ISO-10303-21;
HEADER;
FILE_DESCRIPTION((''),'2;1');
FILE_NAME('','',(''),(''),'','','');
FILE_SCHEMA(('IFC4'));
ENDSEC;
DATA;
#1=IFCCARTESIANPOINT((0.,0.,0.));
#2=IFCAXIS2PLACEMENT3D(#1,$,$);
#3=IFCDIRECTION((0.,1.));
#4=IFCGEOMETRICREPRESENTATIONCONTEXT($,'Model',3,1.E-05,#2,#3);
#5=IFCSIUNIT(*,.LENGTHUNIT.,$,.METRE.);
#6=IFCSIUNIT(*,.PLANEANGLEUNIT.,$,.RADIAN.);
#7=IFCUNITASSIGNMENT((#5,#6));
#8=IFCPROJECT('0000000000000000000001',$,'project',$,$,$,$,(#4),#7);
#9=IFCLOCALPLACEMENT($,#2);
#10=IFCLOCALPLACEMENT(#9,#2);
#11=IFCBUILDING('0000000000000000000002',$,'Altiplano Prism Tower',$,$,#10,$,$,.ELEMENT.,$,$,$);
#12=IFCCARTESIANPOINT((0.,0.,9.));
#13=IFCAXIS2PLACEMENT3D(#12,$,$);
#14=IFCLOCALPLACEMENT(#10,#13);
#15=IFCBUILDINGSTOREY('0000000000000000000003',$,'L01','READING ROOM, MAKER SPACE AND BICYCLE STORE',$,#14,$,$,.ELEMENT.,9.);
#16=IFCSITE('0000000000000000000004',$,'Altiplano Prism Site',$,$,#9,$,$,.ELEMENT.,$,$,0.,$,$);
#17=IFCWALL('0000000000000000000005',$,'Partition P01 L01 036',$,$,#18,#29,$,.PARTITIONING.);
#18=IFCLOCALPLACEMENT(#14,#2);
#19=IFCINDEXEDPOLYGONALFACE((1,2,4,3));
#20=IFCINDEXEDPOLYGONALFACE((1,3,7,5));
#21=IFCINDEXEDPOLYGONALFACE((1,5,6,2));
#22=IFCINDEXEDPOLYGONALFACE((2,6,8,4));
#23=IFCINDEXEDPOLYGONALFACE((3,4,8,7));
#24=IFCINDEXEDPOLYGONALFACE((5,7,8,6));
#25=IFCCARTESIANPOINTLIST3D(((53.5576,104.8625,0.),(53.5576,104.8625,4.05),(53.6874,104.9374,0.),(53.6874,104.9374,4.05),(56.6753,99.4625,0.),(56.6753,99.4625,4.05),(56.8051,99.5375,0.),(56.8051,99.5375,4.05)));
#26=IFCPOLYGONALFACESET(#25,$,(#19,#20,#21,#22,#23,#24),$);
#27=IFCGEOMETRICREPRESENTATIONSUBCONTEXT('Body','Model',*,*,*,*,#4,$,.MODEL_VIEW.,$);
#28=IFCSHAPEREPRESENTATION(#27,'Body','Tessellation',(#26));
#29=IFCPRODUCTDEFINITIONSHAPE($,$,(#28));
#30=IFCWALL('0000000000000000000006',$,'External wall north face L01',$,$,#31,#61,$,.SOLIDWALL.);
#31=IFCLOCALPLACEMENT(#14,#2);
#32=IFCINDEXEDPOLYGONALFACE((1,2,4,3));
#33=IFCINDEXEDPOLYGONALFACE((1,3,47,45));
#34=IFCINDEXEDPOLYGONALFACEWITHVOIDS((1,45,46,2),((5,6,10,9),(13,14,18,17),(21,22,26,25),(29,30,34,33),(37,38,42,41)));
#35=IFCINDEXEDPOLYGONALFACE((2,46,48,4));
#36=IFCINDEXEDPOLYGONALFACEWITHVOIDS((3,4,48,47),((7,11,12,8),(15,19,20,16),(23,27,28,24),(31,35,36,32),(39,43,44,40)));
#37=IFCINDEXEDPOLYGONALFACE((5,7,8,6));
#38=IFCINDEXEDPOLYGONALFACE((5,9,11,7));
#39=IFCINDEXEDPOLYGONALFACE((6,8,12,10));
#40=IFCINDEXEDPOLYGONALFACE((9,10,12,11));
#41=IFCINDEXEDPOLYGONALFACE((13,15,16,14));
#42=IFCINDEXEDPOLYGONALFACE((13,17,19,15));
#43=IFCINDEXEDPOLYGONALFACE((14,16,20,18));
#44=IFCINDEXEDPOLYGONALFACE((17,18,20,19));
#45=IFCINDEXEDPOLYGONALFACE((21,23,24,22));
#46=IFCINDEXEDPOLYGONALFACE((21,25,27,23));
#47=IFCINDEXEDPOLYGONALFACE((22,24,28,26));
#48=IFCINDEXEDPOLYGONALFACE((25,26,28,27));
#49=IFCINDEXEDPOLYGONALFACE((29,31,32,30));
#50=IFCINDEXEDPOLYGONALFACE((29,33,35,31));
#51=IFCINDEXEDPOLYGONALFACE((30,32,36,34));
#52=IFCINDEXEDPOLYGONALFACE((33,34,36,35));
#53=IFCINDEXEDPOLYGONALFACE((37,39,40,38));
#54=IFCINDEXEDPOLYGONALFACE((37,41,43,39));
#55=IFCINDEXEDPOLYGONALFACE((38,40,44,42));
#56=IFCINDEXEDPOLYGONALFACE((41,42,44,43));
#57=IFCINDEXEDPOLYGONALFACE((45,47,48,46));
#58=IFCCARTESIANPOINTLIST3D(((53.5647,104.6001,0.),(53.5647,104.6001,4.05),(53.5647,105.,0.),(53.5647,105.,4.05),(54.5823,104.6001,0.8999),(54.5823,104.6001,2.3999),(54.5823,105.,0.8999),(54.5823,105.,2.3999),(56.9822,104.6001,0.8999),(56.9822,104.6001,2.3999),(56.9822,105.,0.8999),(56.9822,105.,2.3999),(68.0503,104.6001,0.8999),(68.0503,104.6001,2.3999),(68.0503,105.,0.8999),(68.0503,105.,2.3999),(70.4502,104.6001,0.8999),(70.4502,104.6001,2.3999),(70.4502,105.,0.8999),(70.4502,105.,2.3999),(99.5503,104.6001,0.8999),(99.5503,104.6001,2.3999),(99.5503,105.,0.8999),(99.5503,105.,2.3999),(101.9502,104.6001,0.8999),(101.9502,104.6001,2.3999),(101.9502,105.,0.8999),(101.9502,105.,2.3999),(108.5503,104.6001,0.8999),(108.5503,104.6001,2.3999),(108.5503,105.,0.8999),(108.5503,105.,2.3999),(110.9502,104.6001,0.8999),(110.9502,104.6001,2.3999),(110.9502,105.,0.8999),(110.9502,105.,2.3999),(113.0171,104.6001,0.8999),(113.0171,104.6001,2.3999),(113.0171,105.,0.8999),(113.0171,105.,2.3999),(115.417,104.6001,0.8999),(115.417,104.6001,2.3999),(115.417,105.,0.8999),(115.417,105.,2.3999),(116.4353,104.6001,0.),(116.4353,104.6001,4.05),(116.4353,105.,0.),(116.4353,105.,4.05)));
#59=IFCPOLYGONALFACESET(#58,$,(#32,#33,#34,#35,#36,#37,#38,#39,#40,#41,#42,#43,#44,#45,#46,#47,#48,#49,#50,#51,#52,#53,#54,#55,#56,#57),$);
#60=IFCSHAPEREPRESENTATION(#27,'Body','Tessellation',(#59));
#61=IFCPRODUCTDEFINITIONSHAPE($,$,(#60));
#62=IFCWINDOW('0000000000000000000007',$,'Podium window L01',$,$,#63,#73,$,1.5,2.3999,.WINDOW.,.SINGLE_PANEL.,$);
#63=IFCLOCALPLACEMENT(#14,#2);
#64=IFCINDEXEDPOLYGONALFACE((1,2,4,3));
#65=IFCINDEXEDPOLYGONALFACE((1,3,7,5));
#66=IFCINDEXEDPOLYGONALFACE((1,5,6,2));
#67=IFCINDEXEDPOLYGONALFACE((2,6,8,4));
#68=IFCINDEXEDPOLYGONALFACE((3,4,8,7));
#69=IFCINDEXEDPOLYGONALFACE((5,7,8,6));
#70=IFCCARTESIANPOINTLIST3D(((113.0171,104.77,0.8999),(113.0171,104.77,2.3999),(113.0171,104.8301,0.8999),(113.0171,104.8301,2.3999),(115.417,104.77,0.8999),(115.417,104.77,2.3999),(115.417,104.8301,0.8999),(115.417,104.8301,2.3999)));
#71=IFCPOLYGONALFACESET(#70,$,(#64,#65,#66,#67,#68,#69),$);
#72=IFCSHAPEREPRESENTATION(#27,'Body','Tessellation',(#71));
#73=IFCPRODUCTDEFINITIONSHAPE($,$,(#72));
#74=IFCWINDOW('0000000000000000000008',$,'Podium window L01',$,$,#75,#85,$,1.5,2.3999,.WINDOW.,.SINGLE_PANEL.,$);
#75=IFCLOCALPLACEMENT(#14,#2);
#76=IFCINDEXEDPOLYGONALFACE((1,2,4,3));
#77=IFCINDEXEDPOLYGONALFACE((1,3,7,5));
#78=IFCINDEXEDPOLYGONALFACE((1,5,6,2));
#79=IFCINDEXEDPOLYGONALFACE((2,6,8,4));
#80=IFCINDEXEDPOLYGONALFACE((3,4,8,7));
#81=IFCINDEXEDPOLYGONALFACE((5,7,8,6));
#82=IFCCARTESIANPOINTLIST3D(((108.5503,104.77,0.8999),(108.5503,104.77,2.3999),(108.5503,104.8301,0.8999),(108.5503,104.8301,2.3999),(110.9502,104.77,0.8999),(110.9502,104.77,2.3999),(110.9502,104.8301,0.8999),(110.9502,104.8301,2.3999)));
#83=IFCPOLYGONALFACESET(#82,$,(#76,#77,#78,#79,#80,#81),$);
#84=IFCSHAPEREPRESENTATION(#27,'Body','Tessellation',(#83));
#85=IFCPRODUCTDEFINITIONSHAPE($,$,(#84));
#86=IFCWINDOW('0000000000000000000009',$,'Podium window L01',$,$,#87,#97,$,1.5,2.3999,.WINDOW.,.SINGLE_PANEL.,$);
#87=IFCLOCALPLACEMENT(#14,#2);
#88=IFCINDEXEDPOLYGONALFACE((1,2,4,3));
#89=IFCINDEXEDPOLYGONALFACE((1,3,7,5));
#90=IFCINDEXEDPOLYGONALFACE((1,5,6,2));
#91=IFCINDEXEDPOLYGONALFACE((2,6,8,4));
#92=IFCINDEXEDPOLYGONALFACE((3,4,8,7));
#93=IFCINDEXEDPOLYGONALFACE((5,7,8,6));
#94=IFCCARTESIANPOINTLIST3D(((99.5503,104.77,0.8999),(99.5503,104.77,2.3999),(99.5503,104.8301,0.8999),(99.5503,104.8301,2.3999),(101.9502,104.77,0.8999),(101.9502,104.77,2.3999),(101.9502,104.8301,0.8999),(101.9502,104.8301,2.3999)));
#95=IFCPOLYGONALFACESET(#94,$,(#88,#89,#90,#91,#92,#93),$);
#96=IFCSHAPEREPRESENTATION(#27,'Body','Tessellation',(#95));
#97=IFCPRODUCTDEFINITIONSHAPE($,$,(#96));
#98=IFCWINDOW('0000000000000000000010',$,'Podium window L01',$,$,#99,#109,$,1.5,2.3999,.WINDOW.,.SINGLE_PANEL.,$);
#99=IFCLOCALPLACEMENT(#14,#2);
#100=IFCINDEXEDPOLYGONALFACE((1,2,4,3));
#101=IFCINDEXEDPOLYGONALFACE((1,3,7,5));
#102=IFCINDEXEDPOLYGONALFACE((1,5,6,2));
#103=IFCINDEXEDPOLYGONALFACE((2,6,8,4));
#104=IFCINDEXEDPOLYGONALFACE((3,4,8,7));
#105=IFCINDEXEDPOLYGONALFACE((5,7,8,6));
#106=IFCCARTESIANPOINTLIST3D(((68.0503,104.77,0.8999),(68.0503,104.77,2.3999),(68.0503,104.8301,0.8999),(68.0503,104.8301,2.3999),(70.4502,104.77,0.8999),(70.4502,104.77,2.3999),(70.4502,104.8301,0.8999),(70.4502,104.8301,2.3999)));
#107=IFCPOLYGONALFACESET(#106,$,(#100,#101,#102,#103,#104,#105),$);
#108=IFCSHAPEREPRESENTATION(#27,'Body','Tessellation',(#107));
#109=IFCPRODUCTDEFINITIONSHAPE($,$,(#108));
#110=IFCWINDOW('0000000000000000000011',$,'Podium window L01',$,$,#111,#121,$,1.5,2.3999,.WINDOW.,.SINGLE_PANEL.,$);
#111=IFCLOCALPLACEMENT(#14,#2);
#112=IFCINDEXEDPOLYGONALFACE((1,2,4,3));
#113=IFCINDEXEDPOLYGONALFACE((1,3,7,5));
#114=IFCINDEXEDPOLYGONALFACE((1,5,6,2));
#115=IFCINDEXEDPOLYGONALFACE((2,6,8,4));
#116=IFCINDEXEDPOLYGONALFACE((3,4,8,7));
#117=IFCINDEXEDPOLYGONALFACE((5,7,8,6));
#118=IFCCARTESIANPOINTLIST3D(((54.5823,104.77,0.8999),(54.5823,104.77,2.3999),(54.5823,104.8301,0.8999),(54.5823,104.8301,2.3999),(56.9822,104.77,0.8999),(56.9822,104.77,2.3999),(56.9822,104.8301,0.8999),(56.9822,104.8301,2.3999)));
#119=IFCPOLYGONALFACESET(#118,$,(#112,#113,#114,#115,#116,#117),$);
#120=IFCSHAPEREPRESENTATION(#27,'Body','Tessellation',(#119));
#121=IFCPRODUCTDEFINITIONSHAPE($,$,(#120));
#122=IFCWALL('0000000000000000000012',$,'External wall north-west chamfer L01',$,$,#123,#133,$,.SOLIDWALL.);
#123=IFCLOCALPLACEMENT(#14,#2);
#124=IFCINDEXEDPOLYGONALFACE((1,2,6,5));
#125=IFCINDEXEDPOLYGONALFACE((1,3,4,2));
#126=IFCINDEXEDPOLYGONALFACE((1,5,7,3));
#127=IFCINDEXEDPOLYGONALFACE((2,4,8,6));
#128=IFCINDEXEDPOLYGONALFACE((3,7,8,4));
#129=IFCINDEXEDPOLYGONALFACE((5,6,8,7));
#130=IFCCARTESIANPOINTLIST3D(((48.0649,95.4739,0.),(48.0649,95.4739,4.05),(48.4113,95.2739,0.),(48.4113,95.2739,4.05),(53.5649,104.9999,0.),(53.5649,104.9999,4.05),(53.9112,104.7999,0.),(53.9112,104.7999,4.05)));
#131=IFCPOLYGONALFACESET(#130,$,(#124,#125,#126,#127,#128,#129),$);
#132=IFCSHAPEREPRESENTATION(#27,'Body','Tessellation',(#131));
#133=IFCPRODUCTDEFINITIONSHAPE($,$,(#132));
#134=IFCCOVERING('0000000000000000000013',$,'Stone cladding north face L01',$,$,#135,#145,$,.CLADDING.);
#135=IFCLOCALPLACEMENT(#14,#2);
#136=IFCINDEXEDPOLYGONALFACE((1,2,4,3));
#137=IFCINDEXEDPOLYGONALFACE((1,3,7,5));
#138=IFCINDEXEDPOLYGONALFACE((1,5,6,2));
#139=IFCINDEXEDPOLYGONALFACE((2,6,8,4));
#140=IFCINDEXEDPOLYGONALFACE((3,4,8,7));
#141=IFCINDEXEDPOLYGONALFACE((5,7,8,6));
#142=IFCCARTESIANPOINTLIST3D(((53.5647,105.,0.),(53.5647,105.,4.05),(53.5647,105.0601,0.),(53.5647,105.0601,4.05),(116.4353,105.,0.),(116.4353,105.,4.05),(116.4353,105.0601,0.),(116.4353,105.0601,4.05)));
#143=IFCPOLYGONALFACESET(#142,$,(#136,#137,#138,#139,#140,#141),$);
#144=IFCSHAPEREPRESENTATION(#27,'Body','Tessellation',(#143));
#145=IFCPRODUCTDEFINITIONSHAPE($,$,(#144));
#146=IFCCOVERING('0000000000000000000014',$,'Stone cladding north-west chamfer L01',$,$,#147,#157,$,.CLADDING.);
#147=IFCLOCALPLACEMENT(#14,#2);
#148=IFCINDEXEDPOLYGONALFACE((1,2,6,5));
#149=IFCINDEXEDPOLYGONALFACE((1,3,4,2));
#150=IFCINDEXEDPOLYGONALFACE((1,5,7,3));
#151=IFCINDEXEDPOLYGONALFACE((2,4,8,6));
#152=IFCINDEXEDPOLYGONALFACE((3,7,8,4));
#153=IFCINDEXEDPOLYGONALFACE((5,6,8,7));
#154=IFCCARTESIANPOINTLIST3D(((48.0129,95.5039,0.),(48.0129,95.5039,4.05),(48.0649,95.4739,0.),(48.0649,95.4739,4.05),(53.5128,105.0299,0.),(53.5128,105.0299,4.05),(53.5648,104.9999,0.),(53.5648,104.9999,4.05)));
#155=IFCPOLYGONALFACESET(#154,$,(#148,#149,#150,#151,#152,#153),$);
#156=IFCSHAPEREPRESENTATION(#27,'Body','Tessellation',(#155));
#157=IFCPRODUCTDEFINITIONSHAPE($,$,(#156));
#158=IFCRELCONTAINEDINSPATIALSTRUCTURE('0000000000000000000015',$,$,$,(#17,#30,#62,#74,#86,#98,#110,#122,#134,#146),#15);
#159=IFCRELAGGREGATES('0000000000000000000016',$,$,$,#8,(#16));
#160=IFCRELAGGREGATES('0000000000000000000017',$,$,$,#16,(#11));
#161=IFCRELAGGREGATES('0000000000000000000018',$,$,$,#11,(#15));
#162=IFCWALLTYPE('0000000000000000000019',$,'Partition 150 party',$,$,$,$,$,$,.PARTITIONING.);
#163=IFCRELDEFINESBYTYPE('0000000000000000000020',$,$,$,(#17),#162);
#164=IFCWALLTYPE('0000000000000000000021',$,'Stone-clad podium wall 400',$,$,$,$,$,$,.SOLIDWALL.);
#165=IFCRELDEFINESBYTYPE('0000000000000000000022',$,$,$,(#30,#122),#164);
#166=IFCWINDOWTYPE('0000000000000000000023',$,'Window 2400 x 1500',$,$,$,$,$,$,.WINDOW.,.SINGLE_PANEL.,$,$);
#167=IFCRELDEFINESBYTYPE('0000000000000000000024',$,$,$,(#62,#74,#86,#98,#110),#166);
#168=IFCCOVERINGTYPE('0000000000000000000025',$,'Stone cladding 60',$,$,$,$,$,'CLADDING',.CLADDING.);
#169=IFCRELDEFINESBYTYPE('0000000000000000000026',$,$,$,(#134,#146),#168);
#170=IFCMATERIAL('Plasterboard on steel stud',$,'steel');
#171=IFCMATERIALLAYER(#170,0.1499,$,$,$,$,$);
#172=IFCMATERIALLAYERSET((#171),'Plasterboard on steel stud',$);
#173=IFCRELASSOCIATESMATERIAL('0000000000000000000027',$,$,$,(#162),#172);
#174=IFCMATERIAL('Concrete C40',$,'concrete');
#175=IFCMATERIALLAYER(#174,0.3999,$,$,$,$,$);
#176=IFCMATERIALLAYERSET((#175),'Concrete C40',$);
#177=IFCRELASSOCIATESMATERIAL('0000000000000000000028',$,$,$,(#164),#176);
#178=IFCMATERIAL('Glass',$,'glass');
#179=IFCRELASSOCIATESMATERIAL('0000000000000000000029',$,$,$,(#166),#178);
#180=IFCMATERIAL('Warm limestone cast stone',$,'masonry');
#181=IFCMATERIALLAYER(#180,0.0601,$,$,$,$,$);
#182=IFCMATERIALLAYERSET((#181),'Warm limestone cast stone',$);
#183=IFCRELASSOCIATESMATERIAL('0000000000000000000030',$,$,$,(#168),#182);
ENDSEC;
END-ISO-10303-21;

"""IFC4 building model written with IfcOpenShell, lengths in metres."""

from ifc_helpers import new_model, si_unit, direction, frame, frame_2d, origin, place, context, subcontext, project, spatial, rectangle, extrude, material, layer, layer_set, type_object, element, fill, save


model = new_model("IFC4")

# Units and contexts
model_context = context("Model", 3, precision=1e-05, world=origin(), true_north=direction((0.0, 1.0)))
body_context = subcontext(model_context, "Body", "Model", "MODEL_VIEW")
ifc_project = project(units=[si_unit("LENGTHUNIT", "METRE"), si_unit("PLANEANGLEUNIT", "RADIAN")], contexts=[model_context])

# Site, building, storey
site_placement = place(None, origin())
site = spatial("IfcSite", under=ifc_project, at=site_placement, Name="Altiplano Prism Site", CompositionType="ELEMENT", RefElevation=0.0)
building_placement = place(site_placement, origin())
building = spatial("IfcBuilding", under=site, at=building_placement, Name="Altiplano Prism Tower", CompositionType="ELEMENT")
storey_placement = place(building_placement, frame((0.0, 0.0, 9.0)))
storey = spatial("IfcBuildingStorey", under=building, at=storey_placement, Name="L01", Description="READING ROOM, MAKER SPACE AND BICYCLE STORE", CompositionType="ELEMENT", Elevation=9.0)

# Shared definitions
ifc_material_1 = material(Name="Plasterboard on steel stud", Category="steel")

# Wall
ifc_layer_1 = layer(ifc_material_1, 0.1499)
ifc_layer_set_1 = layer_set([ifc_layer_1], Name="Plasterboard on steel stud")
wall_type_1 = type_object("IfcWallType", Name="Partition 150 party", PredefinedType="PARTITIONING", material=ifc_layer_set_1)
wall_1_placement = place(storey_placement, frame((56.7402, 99.5, 0.0), z_axis=(0.0, 0.0, 1.0), x_axis=(-0.500005, 0.866023, 0.0)))
element("IfcWall", 1, at=wall_1_placement, inside=storey, type_object=wall_type_1, Name="Partition P01 L01 036", PredefinedType="PARTITIONING", context=body_context, shape_type="SweptSolid", body=[
    extrude(rectangle(XDim=6.2354, YDim=0.1499, at=frame_2d((3.1177, 0.0))), origin(), (0.0, 0.0, 1.0), 4.05),
])

# Wall, openings, windows
ifc_material_2 = material(Name="Concrete C40", Category="concrete")
ifc_layer_2 = layer(ifc_material_2, 0.3999)
ifc_layer_set_2 = layer_set([ifc_layer_2], Name="Concrete C40")
wall_type_2 = type_object("IfcWallType", Name="Stone-clad podium wall 400", PredefinedType="SOLIDWALL", material=ifc_layer_set_2)
wall_2_placement = place(storey_placement, frame((53.5647, 104.8, 0.0), z_axis=(0.0, 0.0, 1.0), x_axis=(1.0, 0.0, 0.0)))
wall_2 = element("IfcWall", 2, at=wall_2_placement, inside=storey, type_object=wall_type_2, Name="External wall north face L01", PredefinedType="SOLIDWALL", context=body_context, shape_type="SweptSolid", body=[
    extrude(rectangle(XDim=62.8706, YDim=0.3999, at=frame_2d((31.4353, 0.0))), origin(), (0.0, 0.0, 1.0), 4.05),
])
opening_1_placement = place(wall_2_placement, frame((59.4524, 0.0, 0.8999)))
opening_1 = element("IfcOpeningElement", 3, at=opening_1_placement, cuts=wall_2, PredefinedType="OPENING", context=body_context, shape_type="SweptSolid", body=[
    extrude(rectangle(XDim=2.3999, YDim=1.5, at=frame_2d((1.2, 0.75))), frame((0.0, 0.2104, 0.0), z_axis=(0.0, -1.0, 0.0), x_axis=(1.0, 0.0, 0.0)), (0.0, 0.0, 1.0), 0.4209),
])
opening_2_placement = place(wall_2_placement, frame((54.9856, 0.0, 0.8999)))
opening_2 = element("IfcOpeningElement", 4, at=opening_2_placement, cuts=wall_2, PredefinedType="OPENING", context=body_context, shape_type="SweptSolid", body=[
    extrude(rectangle(XDim=2.3999, YDim=1.5, at=frame_2d((1.2, 0.75))), frame((0.0, 0.2104, 0.0), z_axis=(0.0, -1.0, 0.0), x_axis=(1.0, 0.0, 0.0)), (0.0, 0.0, 1.0), 0.4209),
])
opening_3_placement = place(wall_2_placement, frame((45.9856, 0.0, 0.8999)))
opening_3 = element("IfcOpeningElement", 5, at=opening_3_placement, cuts=wall_2, PredefinedType="OPENING", context=body_context, shape_type="SweptSolid", body=[
    extrude(rectangle(XDim=2.3999, YDim=1.5, at=frame_2d((1.2, 0.75))), frame((0.0, 0.2104, 0.0), z_axis=(0.0, -1.0, 0.0), x_axis=(1.0, 0.0, 0.0)), (0.0, 0.0, 1.0), 0.4209),
])
opening_4_placement = place(wall_2_placement, frame((14.4856, 0.0, 0.8999)))
opening_4 = element("IfcOpeningElement", 6, at=opening_4_placement, cuts=wall_2, PredefinedType="OPENING", context=body_context, shape_type="SweptSolid", body=[
    extrude(rectangle(XDim=2.3999, YDim=1.5, at=frame_2d((1.2, 0.75))), frame((0.0, 0.2104, 0.0), z_axis=(0.0, -1.0, 0.0), x_axis=(1.0, 0.0, 0.0)), (0.0, 0.0, 1.0), 0.4209),
])
opening_5_placement = place(wall_2_placement, frame((1.0176, 0.0, 0.8999)))
opening_5 = element("IfcOpeningElement", 7, at=opening_5_placement, cuts=wall_2, PredefinedType="OPENING", context=body_context, shape_type="SweptSolid", body=[
    extrude(rectangle(XDim=2.3999, YDim=1.5, at=frame_2d((1.2, 0.75))), frame((0.0, 0.2104, 0.0), z_axis=(0.0, -1.0, 0.0), x_axis=(1.0, 0.0, 0.0)), (0.0, 0.0, 1.0), 0.4209),
])
ifc_material_3 = material(Name="Glass", Category="glass")
window_type = type_object("IfcWindowType", Name="Window 2400 x 1500", PartitioningType="SINGLE_PANEL", PredefinedType="WINDOW", material=ifc_material_3)
window_1_placement = place(opening_1_placement, origin())
window_1 = element("IfcWindow", 8, at=window_1_placement, inside=storey, type_object=window_type, Name="Podium window L01", OverallHeight=1.5, OverallWidth=2.3999, PartitioningType="SINGLE_PANEL", PredefinedType="WINDOW", context=body_context, shape_type="SweptSolid", body=[
    extrude(rectangle(XDim=2.3999, YDim=1.5, at=frame_2d((1.2, 0.75))), frame((0.0, 0.03, 0.0), z_axis=(0.0, -1.0, 0.0), x_axis=(1.0, 0.0, 0.0)), (0.0, 0.0, 1.0), 0.0601),
])
fill(opening_1, window_1)
window_2_placement = place(opening_2_placement, origin())
window_2 = element("IfcWindow", 9, at=window_2_placement, inside=storey, type_object=window_type, Name="Podium window L01", OverallHeight=1.5, OverallWidth=2.3999, PartitioningType="SINGLE_PANEL", PredefinedType="WINDOW", context=body_context, shape_type="SweptSolid", body=[
    extrude(rectangle(XDim=2.3999, YDim=1.5, at=frame_2d((1.2, 0.75))), frame((0.0, 0.03, 0.0), z_axis=(0.0, -1.0, 0.0), x_axis=(1.0, 0.0, 0.0)), (0.0, 0.0, 1.0), 0.0601),
])
fill(opening_2, window_2)
window_3_placement = place(opening_3_placement, origin())
window_3 = element("IfcWindow", 10, at=window_3_placement, inside=storey, type_object=window_type, Name="Podium window L01", OverallHeight=1.5, OverallWidth=2.3999, PartitioningType="SINGLE_PANEL", PredefinedType="WINDOW", context=body_context, shape_type="SweptSolid", body=[
    extrude(rectangle(XDim=2.3999, YDim=1.5, at=frame_2d((1.2, 0.75))), frame((0.0, 0.03, 0.0), z_axis=(0.0, -1.0, 0.0), x_axis=(1.0, 0.0, 0.0)), (0.0, 0.0, 1.0), 0.0601),
])
fill(opening_3, window_3)
window_4_placement = place(opening_4_placement, origin())
window_4 = element("IfcWindow", 11, at=window_4_placement, inside=storey, type_object=window_type, Name="Podium window L01", OverallHeight=1.5, OverallWidth=2.3999, PartitioningType="SINGLE_PANEL", PredefinedType="WINDOW", context=body_context, shape_type="SweptSolid", body=[
    extrude(rectangle(XDim=2.3999, YDim=1.5, at=frame_2d((1.2, 0.75))), frame((0.0, 0.03, 0.0), z_axis=(0.0, -1.0, 0.0), x_axis=(1.0, 0.0, 0.0)), (0.0, 0.0, 1.0), 0.0601),
])
fill(opening_4, window_4)
window_5_placement = place(opening_5_placement, origin())
window_5 = element("IfcWindow", 12, at=window_5_placement, inside=storey, type_object=window_type, Name="Podium window L01", OverallHeight=1.5, OverallWidth=2.3999, PartitioningType="SINGLE_PANEL", PredefinedType="WINDOW", context=body_context, shape_type="SweptSolid", body=[
    extrude(rectangle(XDim=2.3999, YDim=1.5, at=frame_2d((1.2, 0.75))), frame((0.0, 0.03, 0.0), z_axis=(0.0, -1.0, 0.0), x_axis=(1.0, 0.0, 0.0)), (0.0, 0.0, 1.0), 0.0601),
])
fill(opening_5, window_5)

# Wall
wall_3_placement = place(storey_placement, frame((48.238, 95.3738, 0.0), z_axis=(0.0, 0.0, 1.0), x_axis=(0.500006, 0.866022, 0.0)))
element("IfcWall", 13, at=wall_3_placement, inside=storey, type_object=wall_type_2, Name="External wall north-west chamfer L01", PredefinedType="SOLIDWALL", context=body_context, shape_type="SweptSolid", body=[
    extrude(rectangle(XDim=10.9998, YDim=0.3999, at=frame_2d((5.5, 0.0))), origin(), (0.0, 0.0, 1.0), 4.05),
])

# Coverings
ifc_material_4 = material(Name="Warm limestone cast stone", Category="masonry")
ifc_layer_3 = layer(ifc_material_4, 0.0601)
ifc_layer_set_3 = layer_set([ifc_layer_3], Name="Warm limestone cast stone")
covering_type = type_object("IfcCoveringType", Name="Stone cladding 60", ElementType="CLADDING", PredefinedType="CLADDING", material=ifc_layer_set_3)
covering_1_placement = place(storey_placement, frame((53.5647, 105.03, 0.0), z_axis=(0.0, 0.0, 1.0), x_axis=(1.0, 0.0, 0.0)))
element("IfcCovering", 14, at=covering_1_placement, inside=storey, type_object=covering_type, Name="Stone cladding north face L01", PredefinedType="CLADDING", context=body_context, shape_type="SweptSolid", body=[
    extrude(rectangle(XDim=62.8706, YDim=0.0601, at=frame_2d((31.4353, 0.0))), origin(), (0.0, 0.0, 1.0), 4.05),
])
covering_2_placement = place(storey_placement, frame((48.0388, 95.4888, 0.0), z_axis=(0.0, 0.0, 1.0), x_axis=(0.500006, 0.866022, 0.0)))
element("IfcCovering", 15, at=covering_2_placement, inside=storey, type_object=covering_type, Name="Stone cladding north-west chamfer L01", PredefinedType="CLADDING", context=body_context, shape_type="SweptSolid", body=[
    extrude(rectangle(XDim=10.9998, YDim=0.0601, at=frame_2d((5.5, 0.0))), origin(), (0.0, 0.0, 1.0), 4.05),
])

save(model, "model.ifc")
